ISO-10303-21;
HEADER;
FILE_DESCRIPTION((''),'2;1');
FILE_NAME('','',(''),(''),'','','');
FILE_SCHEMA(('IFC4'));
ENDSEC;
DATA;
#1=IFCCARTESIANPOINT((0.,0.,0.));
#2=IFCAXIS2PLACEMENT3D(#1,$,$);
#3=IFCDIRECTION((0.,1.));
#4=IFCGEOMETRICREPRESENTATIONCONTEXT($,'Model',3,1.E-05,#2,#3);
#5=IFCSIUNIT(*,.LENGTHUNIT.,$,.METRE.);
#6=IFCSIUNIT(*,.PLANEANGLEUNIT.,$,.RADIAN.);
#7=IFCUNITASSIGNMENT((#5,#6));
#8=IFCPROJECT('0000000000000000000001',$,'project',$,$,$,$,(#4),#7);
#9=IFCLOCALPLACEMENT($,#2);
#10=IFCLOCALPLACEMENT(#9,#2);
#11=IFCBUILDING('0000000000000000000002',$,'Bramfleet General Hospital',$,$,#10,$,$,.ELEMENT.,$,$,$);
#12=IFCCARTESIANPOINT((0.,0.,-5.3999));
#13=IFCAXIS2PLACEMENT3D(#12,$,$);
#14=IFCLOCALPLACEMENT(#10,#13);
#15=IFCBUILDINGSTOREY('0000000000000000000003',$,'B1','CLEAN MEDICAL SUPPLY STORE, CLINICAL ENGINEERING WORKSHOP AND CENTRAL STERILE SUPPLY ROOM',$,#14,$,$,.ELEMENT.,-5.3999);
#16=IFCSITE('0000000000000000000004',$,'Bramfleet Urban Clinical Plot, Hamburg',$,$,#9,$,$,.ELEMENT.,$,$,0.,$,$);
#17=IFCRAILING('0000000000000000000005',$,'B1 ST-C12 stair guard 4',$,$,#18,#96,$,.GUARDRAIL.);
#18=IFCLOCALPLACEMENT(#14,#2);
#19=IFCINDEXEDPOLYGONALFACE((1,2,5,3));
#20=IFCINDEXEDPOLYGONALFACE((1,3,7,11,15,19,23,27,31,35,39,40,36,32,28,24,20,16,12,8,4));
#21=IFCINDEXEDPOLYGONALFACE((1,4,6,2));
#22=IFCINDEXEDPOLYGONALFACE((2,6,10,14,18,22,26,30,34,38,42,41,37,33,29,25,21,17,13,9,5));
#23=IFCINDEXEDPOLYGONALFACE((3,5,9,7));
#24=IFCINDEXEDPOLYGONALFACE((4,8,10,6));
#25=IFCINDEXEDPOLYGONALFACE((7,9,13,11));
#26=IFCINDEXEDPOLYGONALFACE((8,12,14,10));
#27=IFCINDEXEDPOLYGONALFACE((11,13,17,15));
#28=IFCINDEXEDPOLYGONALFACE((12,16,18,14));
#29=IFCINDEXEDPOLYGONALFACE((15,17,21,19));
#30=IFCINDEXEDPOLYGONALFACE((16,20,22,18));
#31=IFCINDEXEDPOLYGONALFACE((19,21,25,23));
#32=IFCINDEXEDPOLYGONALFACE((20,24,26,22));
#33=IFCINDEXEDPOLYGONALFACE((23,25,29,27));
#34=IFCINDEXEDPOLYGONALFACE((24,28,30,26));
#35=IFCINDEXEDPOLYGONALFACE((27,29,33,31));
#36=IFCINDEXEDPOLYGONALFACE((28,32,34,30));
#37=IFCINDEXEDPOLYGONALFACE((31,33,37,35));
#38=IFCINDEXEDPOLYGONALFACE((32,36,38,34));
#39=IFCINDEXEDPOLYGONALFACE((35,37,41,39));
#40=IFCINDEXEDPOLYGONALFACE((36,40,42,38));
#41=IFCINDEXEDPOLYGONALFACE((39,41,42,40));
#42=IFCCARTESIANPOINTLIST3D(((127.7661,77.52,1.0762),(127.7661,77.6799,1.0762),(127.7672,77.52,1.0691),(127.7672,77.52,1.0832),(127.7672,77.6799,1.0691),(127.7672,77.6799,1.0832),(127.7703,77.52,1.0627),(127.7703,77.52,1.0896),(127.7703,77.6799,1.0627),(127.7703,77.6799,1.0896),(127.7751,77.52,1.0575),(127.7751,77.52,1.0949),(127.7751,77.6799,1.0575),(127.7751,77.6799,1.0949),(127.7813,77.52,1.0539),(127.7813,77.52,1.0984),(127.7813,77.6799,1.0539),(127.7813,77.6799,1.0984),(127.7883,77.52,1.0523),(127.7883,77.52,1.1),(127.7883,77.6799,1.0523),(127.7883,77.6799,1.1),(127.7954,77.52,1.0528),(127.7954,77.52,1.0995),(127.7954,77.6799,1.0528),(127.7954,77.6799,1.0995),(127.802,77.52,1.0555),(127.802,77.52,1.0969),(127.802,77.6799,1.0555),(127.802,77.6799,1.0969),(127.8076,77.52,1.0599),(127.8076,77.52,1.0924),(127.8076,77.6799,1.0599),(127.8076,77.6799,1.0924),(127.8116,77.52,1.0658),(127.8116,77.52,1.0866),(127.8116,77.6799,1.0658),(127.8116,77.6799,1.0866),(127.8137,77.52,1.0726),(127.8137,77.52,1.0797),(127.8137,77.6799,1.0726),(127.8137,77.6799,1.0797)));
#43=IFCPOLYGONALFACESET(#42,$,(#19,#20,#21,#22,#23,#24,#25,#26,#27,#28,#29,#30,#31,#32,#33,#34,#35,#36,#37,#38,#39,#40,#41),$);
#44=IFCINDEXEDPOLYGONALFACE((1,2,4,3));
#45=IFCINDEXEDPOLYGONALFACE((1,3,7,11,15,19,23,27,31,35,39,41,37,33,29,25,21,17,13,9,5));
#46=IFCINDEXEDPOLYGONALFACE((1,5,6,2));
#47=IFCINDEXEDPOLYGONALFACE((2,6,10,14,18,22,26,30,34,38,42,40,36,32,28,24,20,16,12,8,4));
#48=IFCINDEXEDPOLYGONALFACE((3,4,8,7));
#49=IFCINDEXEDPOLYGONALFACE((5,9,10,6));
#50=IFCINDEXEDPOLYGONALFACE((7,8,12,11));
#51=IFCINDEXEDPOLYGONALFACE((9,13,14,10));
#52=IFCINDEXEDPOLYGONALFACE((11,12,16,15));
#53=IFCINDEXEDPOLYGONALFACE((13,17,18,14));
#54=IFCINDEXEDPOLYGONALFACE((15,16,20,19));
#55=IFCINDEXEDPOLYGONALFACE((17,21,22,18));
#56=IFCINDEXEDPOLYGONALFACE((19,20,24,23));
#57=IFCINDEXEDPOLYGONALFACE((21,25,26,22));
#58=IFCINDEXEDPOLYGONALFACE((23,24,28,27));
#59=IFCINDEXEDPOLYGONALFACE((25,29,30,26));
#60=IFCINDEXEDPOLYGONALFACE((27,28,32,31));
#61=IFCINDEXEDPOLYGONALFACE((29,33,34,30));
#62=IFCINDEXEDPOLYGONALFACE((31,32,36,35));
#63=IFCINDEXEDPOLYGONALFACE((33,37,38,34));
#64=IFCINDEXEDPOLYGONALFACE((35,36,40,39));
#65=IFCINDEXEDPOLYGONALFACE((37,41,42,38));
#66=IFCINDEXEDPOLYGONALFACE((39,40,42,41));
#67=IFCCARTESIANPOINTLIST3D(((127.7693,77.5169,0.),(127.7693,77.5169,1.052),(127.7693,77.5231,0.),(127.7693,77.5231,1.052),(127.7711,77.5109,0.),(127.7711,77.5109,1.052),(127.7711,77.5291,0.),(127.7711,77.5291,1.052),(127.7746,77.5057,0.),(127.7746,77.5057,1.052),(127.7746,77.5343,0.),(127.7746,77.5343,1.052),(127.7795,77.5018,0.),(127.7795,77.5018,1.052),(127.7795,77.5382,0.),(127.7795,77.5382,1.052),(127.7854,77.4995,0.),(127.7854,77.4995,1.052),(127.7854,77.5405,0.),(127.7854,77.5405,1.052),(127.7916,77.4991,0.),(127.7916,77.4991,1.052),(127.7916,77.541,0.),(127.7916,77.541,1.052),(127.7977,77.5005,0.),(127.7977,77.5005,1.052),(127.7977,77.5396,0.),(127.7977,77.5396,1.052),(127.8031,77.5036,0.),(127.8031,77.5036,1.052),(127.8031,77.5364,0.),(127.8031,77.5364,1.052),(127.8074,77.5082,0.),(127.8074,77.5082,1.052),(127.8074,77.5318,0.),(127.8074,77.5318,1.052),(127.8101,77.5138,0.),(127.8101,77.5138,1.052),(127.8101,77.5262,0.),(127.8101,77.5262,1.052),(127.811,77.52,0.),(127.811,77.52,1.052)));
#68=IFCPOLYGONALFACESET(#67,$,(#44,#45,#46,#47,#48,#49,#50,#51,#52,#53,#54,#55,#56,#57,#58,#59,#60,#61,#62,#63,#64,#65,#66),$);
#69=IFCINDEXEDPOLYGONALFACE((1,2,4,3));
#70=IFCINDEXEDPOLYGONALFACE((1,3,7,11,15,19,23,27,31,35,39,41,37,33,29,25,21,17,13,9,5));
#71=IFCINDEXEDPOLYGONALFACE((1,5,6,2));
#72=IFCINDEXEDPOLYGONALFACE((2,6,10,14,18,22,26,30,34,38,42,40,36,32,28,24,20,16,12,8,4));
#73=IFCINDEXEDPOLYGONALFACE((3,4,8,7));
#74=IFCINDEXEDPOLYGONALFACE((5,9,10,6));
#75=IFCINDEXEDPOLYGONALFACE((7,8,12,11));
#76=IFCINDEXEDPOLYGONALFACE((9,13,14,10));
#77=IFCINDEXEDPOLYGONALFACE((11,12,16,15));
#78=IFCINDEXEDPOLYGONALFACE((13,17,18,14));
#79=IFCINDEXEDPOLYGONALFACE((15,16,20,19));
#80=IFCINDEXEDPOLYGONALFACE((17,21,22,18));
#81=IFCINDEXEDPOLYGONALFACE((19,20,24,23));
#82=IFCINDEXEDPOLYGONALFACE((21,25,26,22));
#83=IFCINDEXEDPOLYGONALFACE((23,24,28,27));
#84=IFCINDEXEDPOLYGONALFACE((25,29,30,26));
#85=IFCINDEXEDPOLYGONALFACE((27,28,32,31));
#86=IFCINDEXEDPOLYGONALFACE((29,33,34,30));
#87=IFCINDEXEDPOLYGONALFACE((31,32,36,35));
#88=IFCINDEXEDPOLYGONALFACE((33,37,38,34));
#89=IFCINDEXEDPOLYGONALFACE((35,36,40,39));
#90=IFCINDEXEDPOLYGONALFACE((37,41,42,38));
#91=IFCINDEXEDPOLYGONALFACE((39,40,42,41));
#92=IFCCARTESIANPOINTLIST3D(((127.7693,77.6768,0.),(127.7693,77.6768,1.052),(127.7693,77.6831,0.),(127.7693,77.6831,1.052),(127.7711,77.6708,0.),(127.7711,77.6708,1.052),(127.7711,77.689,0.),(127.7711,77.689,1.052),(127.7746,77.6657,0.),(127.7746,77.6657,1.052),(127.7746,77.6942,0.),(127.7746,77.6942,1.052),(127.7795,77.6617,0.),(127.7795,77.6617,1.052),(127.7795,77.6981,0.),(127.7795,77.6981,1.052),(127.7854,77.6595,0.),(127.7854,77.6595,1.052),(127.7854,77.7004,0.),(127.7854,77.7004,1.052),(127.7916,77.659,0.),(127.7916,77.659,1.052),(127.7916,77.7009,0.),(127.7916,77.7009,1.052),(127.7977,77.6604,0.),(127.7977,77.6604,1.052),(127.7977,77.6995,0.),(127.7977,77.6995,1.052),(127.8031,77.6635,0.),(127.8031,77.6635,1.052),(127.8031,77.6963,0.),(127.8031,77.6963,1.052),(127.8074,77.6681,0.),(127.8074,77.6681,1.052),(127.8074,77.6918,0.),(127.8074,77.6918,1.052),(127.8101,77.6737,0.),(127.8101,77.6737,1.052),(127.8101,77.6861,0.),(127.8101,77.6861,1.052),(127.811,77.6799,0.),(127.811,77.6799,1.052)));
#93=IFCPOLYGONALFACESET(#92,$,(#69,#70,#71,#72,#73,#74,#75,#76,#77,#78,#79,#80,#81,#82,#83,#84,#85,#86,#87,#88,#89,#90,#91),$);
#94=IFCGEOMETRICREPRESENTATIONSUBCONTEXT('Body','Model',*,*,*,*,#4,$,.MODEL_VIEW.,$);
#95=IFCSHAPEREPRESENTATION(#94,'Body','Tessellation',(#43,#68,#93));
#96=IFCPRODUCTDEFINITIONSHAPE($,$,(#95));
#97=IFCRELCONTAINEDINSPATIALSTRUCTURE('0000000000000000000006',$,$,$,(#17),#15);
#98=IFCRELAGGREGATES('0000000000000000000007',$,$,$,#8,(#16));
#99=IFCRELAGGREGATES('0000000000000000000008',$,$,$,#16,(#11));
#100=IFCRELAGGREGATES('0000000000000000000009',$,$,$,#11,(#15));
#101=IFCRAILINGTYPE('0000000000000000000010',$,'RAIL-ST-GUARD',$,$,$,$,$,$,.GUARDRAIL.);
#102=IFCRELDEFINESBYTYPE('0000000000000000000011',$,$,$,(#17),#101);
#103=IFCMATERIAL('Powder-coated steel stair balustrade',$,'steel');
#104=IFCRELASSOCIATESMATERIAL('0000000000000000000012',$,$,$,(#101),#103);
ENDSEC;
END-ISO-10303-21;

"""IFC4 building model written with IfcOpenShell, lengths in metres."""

from ifc_helpers import new_model, si_unit, direction, frame, origin, origin_2d, place, context, subcontext, project, spatial, circle, extrude, material, type_object, element, save


model = new_model("IFC4")

# Units and contexts
model_context = context("Model", 3, precision=1e-05, world=origin(), true_north=direction((0.0, 1.0)))
body_context = subcontext(model_context, "Body", "Model", "MODEL_VIEW")
ifc_project = project(units=[si_unit("LENGTHUNIT", "METRE"), si_unit("PLANEANGLEUNIT", "RADIAN")], contexts=[model_context])

# Site, building, storey
site_placement = place(None, origin())
site = spatial("IfcSite", under=ifc_project, at=site_placement, Name="Bramfleet Urban Clinical Plot, Hamburg", CompositionType="ELEMENT", RefElevation=0.0)
building_placement = place(site_placement, origin())
building = spatial("IfcBuilding", under=site, at=building_placement, Name="Bramfleet General Hospital", CompositionType="ELEMENT")
storey_placement = place(building_placement, frame((0.0, 0.0, -5.3999)))
storey = spatial("IfcBuildingStorey", under=building, at=storey_placement, Name="B1", Description="CLEAN MEDICAL SUPPLY STORE, CLINICAL ENGINEERING WORKSHOP AND CENTRAL STERILE SUPPLY ROOM", CompositionType="ELEMENT", Elevation=-5.3999)

# Railing
ifc_material_1 = material(Name="Powder-coated steel stair balustrade", Category="steel")
railing_type_1 = type_object("IfcRailingType", Name="RAIL-ST-GUARD", PredefinedType="GUARDRAIL", material=ifc_material_1)
railing_1_placement = place(storey_placement, frame((127.79, 77.52, 0.0)))
element("IfcRailing", 1, at=railing_1_placement, inside=storey, type_object=railing_type_1, Name="B1 ST-C12 stair guard 4", PredefinedType="GUARDRAIL", context=body_context, shape_type="SweptSolid", body=[
    extrude(circle(Radius=0.0239, at=origin_2d()), frame((0.0, 0.0, 1.0762), z_axis=(0.0, 1.0, 0.0), x_axis=(-1.0, 0.0, 0.0)), (0.0, 0.0, 1.0), 0.1599),
    extrude(circle(Radius=0.021, at=origin_2d()), origin(), (0.0, 0.0, 1.0), 1.052),
    extrude(circle(Radius=0.021, at=origin_2d()), frame((0.0, 0.1599, 0.0)), (0.0, 0.0, 1.0), 1.052),
])

save(model, "model.ifc")
